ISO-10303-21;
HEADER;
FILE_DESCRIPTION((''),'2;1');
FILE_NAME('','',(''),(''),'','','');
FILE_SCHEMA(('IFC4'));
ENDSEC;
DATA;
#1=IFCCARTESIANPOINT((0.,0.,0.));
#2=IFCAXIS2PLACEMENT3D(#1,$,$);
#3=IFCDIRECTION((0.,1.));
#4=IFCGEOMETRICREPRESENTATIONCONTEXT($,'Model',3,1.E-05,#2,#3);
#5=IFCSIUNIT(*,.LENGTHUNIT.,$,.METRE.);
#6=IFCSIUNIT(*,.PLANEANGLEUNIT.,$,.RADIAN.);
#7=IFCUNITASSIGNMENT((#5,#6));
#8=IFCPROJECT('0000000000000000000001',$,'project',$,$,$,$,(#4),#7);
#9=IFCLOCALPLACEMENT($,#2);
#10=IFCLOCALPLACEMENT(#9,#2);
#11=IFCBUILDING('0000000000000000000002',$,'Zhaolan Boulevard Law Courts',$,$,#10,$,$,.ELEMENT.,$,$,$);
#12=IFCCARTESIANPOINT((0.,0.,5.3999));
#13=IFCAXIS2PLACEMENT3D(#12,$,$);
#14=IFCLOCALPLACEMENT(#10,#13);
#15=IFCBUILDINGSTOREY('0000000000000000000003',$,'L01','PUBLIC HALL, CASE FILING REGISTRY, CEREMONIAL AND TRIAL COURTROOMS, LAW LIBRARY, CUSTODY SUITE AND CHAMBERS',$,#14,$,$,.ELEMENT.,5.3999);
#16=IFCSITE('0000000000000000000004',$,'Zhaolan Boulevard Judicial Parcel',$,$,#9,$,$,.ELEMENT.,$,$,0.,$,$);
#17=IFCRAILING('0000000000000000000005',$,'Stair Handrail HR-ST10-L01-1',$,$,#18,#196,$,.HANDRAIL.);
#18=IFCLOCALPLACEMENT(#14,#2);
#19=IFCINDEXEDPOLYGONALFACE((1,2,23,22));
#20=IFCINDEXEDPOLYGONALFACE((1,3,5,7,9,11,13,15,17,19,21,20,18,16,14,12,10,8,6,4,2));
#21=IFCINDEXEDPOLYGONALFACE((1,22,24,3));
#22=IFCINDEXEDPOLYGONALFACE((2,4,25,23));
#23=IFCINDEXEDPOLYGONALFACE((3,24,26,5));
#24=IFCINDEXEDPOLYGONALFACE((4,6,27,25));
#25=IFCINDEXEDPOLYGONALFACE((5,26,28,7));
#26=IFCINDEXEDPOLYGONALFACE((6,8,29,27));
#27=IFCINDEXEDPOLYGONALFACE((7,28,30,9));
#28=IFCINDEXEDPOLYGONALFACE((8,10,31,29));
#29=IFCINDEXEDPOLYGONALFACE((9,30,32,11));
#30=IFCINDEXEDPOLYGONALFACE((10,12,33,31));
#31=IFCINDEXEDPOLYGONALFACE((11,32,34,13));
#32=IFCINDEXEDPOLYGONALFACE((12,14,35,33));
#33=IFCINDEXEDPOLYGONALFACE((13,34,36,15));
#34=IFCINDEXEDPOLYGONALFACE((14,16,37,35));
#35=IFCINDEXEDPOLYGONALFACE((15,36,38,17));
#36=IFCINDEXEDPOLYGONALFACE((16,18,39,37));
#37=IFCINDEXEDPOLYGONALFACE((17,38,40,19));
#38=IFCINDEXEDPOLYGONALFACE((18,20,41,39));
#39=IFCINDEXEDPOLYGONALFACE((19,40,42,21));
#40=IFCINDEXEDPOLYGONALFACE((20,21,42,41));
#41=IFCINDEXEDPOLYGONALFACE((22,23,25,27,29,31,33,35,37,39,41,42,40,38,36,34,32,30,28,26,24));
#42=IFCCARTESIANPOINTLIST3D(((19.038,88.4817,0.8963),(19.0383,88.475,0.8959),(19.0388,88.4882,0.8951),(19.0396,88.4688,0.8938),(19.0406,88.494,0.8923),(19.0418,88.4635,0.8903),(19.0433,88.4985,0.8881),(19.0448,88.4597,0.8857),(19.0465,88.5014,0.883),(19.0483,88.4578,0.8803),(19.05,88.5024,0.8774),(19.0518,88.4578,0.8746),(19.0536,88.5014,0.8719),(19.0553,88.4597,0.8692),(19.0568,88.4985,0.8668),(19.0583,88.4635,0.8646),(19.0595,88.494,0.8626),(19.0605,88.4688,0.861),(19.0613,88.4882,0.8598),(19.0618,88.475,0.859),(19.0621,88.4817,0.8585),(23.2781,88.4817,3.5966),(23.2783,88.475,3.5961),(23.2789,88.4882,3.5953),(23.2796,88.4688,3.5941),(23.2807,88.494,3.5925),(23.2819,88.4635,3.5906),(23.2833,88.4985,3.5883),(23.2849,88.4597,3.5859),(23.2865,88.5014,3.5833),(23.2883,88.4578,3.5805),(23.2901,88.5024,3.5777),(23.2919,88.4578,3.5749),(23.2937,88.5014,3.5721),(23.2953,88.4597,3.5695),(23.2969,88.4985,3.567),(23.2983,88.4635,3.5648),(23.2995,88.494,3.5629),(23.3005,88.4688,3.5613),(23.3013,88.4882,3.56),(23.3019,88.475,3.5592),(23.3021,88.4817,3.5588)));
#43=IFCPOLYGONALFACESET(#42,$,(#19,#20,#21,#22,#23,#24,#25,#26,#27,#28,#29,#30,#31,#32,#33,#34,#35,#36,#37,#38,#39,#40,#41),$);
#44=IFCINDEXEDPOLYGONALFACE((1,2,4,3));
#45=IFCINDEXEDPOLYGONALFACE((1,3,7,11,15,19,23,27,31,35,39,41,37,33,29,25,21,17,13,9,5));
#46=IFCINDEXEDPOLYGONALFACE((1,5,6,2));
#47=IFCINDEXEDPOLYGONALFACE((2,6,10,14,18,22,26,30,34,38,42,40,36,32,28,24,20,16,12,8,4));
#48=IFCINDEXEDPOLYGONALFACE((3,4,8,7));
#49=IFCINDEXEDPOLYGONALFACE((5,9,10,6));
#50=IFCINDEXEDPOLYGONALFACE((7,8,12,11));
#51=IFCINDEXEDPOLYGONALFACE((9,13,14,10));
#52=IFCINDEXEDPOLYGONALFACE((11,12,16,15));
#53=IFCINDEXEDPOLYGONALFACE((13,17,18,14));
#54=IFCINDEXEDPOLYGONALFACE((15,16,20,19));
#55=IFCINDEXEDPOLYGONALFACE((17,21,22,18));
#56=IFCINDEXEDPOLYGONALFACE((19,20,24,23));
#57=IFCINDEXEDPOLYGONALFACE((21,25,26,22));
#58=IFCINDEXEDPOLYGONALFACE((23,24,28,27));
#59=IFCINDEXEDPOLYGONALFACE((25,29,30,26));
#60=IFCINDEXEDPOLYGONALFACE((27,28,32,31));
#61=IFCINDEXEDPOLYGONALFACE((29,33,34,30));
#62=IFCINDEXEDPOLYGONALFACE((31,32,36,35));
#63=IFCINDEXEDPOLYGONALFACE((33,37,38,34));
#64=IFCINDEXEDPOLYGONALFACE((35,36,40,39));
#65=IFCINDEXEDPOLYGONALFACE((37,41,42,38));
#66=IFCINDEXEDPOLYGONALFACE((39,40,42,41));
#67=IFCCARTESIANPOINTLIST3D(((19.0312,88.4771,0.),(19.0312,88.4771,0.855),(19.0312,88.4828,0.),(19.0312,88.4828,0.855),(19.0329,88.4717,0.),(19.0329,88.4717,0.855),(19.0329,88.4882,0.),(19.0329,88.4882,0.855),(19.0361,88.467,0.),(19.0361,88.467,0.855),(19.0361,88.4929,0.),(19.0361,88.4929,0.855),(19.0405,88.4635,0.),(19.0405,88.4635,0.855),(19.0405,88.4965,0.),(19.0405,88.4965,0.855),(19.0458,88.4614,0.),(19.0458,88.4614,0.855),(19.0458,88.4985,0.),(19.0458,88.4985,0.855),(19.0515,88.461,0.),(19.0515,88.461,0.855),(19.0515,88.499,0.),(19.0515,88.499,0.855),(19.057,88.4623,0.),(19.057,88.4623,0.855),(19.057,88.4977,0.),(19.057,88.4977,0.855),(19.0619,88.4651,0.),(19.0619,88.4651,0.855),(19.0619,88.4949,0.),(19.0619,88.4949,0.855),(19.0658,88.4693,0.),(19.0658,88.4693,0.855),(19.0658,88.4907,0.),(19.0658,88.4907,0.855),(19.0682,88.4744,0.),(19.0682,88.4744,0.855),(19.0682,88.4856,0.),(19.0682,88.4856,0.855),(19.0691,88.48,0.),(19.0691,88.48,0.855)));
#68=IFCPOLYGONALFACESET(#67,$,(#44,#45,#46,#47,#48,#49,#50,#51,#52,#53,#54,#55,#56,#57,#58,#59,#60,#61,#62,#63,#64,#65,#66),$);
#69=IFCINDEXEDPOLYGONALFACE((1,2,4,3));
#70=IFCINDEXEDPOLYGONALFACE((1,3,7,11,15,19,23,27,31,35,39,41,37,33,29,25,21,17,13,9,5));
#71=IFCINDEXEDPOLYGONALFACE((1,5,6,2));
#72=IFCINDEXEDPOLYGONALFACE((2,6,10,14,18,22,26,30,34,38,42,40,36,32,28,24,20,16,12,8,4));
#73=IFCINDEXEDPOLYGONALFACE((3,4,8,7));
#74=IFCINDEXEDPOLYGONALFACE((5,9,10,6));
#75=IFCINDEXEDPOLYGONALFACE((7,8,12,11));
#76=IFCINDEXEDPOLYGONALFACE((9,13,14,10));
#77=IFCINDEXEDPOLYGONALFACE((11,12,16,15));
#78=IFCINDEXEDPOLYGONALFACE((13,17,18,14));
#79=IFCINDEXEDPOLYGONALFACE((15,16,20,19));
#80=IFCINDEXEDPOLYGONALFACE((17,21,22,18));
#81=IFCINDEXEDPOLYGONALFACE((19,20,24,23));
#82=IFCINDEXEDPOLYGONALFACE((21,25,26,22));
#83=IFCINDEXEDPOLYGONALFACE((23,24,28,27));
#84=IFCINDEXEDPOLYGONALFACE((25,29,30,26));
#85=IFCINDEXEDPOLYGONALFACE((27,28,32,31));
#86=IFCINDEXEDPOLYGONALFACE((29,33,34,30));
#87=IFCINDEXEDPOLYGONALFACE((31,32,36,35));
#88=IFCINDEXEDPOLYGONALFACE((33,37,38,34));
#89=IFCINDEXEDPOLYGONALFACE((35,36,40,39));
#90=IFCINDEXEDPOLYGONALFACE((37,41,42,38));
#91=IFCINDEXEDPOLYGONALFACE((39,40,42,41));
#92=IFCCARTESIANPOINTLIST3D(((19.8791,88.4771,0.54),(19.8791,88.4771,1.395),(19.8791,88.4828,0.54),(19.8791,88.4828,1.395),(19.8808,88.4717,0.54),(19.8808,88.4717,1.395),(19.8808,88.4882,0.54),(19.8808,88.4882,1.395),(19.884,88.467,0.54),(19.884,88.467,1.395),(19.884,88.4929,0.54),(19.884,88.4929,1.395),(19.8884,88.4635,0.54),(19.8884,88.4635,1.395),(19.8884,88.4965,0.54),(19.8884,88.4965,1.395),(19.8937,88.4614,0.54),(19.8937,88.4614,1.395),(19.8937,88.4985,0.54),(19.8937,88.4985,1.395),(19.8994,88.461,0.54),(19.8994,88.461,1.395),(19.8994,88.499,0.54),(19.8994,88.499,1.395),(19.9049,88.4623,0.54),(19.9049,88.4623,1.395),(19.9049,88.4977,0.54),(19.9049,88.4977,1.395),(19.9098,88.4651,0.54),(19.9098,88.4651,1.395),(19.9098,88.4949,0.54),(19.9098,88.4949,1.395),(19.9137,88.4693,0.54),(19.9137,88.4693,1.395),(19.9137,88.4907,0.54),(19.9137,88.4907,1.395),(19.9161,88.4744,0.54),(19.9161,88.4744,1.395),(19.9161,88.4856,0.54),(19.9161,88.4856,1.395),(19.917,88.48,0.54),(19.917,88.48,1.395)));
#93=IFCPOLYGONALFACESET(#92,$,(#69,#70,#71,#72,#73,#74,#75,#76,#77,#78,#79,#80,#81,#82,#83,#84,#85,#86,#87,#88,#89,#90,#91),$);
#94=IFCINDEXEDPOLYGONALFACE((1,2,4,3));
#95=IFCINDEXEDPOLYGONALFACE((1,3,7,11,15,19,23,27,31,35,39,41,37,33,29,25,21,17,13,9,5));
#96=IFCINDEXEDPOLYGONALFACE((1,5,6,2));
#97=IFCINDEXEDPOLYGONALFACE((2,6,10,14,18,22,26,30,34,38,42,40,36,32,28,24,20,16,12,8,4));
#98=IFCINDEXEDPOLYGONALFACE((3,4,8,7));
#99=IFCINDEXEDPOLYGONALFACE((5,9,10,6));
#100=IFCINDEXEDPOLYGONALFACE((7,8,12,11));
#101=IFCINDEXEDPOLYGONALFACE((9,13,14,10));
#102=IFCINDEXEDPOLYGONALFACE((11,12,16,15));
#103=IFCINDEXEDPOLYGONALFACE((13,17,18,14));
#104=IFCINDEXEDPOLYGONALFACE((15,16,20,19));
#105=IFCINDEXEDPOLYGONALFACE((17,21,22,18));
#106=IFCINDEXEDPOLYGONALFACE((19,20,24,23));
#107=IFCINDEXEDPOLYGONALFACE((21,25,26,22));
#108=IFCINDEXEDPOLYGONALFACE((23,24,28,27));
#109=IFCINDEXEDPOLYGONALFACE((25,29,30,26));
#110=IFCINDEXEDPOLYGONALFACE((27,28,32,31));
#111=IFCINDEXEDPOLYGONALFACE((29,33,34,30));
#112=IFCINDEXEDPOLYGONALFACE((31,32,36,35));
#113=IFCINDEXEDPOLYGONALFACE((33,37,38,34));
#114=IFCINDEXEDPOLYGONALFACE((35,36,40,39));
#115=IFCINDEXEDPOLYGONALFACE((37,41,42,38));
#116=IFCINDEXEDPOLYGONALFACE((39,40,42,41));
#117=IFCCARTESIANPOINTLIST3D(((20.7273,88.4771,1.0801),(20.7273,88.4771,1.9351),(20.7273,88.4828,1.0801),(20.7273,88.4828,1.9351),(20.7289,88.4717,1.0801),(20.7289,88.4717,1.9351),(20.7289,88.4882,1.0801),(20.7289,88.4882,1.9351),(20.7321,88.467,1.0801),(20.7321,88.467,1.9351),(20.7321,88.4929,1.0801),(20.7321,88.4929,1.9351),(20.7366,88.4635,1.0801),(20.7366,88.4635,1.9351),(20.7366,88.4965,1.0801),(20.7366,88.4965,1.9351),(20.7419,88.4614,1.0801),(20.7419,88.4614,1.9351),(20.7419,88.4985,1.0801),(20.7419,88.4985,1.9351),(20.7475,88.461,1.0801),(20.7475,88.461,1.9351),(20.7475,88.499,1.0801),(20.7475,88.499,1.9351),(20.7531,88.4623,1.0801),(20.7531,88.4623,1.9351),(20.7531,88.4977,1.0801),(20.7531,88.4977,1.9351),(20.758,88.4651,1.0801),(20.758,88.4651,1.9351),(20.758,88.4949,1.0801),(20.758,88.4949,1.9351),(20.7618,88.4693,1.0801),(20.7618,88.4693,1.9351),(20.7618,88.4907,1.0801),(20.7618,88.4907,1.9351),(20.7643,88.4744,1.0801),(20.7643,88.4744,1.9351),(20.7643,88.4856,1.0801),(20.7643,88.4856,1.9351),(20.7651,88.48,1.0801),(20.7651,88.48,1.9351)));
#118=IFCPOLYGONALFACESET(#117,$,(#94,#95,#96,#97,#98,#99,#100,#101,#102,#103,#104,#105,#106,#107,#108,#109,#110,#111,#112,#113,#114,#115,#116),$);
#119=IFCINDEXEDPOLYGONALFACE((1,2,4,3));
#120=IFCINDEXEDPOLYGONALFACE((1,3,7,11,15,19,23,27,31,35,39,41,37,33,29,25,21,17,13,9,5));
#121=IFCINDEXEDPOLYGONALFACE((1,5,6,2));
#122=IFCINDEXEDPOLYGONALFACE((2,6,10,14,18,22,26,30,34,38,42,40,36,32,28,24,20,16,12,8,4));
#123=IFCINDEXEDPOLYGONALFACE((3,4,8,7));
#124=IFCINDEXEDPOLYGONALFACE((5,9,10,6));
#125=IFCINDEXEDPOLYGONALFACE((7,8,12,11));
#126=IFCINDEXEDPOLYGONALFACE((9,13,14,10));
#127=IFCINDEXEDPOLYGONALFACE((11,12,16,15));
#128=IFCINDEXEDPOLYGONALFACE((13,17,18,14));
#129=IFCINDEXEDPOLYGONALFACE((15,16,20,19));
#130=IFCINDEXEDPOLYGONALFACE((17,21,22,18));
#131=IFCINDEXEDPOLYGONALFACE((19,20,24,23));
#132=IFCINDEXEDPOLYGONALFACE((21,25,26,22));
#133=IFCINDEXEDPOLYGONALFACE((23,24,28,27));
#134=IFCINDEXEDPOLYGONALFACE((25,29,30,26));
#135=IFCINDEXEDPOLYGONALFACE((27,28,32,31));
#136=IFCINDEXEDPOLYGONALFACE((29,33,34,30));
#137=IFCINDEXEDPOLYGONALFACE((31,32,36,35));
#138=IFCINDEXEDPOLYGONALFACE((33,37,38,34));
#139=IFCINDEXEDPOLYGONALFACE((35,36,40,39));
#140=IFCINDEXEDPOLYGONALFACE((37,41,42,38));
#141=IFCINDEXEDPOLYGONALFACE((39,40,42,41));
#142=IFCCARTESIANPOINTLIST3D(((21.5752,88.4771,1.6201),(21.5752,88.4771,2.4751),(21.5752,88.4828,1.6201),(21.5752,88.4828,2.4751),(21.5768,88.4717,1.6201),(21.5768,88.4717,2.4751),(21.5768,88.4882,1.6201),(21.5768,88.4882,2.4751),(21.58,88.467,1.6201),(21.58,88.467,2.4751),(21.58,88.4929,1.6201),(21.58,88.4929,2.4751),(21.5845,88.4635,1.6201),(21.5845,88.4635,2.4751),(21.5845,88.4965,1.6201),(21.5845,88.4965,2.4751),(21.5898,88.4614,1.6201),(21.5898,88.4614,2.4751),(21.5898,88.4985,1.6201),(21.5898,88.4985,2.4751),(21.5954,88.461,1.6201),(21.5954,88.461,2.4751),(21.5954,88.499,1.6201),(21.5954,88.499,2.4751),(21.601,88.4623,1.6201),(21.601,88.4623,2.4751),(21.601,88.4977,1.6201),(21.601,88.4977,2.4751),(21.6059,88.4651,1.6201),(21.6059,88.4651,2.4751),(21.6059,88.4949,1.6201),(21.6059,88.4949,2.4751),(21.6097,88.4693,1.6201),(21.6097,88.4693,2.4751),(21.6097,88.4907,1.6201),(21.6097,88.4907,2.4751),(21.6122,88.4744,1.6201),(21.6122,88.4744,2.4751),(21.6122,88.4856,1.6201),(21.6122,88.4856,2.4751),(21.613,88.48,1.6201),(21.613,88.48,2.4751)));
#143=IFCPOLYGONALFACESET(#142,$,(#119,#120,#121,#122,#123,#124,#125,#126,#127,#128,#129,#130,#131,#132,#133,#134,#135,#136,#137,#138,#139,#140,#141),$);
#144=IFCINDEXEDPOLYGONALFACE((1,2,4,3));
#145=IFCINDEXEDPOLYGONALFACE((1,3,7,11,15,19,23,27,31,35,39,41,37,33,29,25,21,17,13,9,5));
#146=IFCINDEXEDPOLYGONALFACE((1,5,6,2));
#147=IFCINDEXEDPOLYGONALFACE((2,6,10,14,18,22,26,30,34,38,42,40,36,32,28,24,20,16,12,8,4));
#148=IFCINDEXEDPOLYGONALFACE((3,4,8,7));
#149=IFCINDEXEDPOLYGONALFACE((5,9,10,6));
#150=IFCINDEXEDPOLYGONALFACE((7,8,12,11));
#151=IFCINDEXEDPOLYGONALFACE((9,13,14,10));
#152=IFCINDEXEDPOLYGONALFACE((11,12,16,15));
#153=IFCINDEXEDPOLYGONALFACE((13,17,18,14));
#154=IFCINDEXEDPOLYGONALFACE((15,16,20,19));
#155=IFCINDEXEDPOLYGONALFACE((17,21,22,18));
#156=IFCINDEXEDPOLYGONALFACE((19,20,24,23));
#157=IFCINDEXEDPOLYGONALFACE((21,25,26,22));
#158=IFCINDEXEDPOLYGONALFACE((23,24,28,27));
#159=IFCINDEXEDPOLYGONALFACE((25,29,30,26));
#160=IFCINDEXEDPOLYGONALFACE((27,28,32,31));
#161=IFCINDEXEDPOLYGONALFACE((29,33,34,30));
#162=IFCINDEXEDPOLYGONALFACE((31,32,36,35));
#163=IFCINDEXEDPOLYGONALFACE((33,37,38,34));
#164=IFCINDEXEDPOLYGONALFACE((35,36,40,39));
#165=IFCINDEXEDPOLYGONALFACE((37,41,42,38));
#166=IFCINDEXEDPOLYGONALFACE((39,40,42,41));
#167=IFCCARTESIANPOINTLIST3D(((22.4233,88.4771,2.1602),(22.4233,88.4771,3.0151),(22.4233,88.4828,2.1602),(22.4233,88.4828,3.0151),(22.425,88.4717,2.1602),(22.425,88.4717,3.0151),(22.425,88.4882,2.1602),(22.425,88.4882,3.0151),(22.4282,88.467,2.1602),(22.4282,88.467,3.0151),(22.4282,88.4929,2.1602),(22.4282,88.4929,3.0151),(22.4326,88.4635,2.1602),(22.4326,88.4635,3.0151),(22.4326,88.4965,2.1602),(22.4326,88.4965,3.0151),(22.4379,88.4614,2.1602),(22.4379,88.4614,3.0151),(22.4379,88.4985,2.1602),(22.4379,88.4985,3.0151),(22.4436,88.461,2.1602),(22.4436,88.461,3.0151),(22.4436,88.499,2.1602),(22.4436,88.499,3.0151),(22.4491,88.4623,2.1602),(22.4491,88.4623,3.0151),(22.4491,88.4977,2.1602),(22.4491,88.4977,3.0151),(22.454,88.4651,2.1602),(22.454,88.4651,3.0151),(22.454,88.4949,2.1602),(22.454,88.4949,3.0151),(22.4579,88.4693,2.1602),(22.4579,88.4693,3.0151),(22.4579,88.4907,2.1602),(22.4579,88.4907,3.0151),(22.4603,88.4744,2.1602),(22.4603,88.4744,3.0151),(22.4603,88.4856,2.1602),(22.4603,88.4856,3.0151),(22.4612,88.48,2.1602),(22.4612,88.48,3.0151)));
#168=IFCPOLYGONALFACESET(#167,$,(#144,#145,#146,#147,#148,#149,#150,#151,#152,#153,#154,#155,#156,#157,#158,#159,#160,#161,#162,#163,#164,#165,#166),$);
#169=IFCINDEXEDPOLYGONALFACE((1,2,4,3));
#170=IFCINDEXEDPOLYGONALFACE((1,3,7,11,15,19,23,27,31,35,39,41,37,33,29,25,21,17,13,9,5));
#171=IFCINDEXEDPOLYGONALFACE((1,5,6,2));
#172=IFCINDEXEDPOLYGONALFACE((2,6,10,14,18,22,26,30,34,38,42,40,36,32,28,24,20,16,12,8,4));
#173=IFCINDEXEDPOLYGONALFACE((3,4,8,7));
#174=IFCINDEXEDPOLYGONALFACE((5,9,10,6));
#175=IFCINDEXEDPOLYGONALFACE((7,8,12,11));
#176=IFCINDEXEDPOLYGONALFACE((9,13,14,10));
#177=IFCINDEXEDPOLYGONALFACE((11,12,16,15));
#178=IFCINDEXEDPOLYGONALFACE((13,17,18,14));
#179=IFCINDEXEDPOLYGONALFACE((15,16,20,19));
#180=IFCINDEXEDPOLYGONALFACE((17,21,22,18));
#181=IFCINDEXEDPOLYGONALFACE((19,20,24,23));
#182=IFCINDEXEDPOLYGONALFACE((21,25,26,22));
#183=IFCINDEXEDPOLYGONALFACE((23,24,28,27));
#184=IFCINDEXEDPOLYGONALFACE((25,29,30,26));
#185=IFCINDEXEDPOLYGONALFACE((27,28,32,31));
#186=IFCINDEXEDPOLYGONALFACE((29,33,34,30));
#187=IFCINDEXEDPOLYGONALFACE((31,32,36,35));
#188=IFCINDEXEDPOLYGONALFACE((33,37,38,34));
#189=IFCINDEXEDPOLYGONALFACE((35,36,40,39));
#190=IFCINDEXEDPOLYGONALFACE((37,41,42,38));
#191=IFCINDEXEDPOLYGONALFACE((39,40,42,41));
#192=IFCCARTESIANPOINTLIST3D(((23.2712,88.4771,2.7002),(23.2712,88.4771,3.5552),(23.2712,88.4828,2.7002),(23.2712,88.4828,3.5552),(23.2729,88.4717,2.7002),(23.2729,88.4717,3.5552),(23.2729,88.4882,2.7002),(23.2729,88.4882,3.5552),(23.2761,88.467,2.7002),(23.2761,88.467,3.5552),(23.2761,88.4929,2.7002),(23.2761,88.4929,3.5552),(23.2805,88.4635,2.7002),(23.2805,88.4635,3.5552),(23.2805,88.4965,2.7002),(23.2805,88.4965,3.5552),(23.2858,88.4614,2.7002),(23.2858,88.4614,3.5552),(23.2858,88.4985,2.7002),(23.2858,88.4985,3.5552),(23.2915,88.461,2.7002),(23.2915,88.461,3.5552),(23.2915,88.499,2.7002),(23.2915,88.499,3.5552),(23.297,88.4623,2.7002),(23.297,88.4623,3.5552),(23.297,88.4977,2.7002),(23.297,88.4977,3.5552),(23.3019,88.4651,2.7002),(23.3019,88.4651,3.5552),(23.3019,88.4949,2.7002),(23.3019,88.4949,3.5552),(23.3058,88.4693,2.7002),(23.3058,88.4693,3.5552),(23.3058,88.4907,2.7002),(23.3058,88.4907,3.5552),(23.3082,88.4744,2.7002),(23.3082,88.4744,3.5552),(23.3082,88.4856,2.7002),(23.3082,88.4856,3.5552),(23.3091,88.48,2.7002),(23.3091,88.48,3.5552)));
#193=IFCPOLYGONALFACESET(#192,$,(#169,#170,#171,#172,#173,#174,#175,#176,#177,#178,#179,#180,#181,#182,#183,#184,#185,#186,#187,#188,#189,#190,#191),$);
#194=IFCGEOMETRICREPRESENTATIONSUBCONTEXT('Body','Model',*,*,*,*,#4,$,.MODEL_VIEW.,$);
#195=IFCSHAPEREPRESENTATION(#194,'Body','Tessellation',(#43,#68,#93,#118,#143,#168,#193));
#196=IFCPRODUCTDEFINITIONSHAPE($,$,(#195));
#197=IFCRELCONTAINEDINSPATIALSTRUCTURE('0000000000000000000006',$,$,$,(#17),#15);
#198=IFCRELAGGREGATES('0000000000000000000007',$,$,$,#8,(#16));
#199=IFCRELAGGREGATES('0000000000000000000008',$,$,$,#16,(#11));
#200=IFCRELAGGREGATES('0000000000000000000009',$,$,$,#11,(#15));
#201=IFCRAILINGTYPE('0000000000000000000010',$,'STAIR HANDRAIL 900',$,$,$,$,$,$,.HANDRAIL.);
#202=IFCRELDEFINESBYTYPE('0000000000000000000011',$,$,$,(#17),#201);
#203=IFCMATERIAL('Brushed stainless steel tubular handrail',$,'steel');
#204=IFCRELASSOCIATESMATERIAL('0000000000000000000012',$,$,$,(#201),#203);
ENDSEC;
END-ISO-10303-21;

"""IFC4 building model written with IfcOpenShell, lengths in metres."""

from ifc_helpers import new_model, si_unit, direction, frame, origin, origin_2d, place, context, subcontext, project, spatial, circle, extrude, material, type_object, element, save


model = new_model("IFC4")

# Units and contexts
model_context = context("Model", 3, precision=1e-05, world=origin(), true_north=direction((0.0, 1.0)))
body_context = subcontext(model_context, "Body", "Model", "MODEL_VIEW")
ifc_project = project(units=[si_unit("LENGTHUNIT", "METRE"), si_unit("PLANEANGLEUNIT", "RADIAN")], contexts=[model_context])

# Site, building, storey
site_placement = place(None, origin())
site = spatial("IfcSite", under=ifc_project, at=site_placement, Name="Zhaolan Boulevard Judicial Parcel", CompositionType="ELEMENT", RefElevation=0.0)
building_placement = place(site_placement, origin())
building = spatial("IfcBuilding", under=site, at=building_placement, Name="Zhaolan Boulevard Law Courts", CompositionType="ELEMENT")
storey_placement = place(building_placement, frame((0.0, 0.0, 5.3999)))
storey = spatial("IfcBuildingStorey", under=building, at=storey_placement, Name="L01", Description="PUBLIC HALL, CASE FILING REGISTRY, CEREMONIAL AND TRIAL COURTROOMS, LAW LIBRARY, CUSTODY SUITE AND CHAMBERS", CompositionType="ELEMENT", Elevation=5.3999)

# Railing
ifc_material_1 = material(Name="Brushed stainless steel tubular handrail", Category="steel")
railing_type_1 = type_object("IfcRailingType", Name="STAIR HANDRAIL 900", PredefinedType="HANDRAIL", material=ifc_material_1)
railing_1_placement = place(storey_placement, frame((19.05, 88.48, 0.0)))
element("IfcRailing", 1, at=railing_1_placement, inside=storey, type_object=railing_type_1, Name="Stair Handrail HR-ST10-L01-1", PredefinedType="HANDRAIL", context=body_context, shape_type="SweptSolid", body=[
    extrude(circle(Radius=0.0225, at=origin_2d()), frame((0.0, 0.0, 0.8774), z_axis=(0.843479, 0.0, 0.537161), x_axis=(0.0, 1.0, 0.0)), (0.0, 0.0, 1.0), 5.0269),
    extrude(circle(Radius=0.019, at=origin_2d()), origin(), (0.0, 0.0, 1.0), 0.855),
    extrude(circle(Radius=0.019, at=origin_2d()), frame((0.8479, 0.0, 0.54)), (0.0, 0.0, 1.0), 0.855),
    extrude(circle(Radius=0.019, at=origin_2d()), frame((1.696, 0.0, 1.0801)), (0.0, 0.0, 1.0), 0.855),
    extrude(circle(Radius=0.019, at=origin_2d()), frame((2.5439, 0.0, 1.6201)), (0.0, 0.0, 1.0), 0.855),
    extrude(circle(Radius=0.019, at=origin_2d()), frame((3.3921, 0.0, 2.1602)), (0.0, 0.0, 1.0), 0.855),
    extrude(circle(Radius=0.019, at=origin_2d()), frame((4.24, 0.0, 2.7002)), (0.0, 0.0, 1.0), 0.855),
])

save(model, "model.ifc")
